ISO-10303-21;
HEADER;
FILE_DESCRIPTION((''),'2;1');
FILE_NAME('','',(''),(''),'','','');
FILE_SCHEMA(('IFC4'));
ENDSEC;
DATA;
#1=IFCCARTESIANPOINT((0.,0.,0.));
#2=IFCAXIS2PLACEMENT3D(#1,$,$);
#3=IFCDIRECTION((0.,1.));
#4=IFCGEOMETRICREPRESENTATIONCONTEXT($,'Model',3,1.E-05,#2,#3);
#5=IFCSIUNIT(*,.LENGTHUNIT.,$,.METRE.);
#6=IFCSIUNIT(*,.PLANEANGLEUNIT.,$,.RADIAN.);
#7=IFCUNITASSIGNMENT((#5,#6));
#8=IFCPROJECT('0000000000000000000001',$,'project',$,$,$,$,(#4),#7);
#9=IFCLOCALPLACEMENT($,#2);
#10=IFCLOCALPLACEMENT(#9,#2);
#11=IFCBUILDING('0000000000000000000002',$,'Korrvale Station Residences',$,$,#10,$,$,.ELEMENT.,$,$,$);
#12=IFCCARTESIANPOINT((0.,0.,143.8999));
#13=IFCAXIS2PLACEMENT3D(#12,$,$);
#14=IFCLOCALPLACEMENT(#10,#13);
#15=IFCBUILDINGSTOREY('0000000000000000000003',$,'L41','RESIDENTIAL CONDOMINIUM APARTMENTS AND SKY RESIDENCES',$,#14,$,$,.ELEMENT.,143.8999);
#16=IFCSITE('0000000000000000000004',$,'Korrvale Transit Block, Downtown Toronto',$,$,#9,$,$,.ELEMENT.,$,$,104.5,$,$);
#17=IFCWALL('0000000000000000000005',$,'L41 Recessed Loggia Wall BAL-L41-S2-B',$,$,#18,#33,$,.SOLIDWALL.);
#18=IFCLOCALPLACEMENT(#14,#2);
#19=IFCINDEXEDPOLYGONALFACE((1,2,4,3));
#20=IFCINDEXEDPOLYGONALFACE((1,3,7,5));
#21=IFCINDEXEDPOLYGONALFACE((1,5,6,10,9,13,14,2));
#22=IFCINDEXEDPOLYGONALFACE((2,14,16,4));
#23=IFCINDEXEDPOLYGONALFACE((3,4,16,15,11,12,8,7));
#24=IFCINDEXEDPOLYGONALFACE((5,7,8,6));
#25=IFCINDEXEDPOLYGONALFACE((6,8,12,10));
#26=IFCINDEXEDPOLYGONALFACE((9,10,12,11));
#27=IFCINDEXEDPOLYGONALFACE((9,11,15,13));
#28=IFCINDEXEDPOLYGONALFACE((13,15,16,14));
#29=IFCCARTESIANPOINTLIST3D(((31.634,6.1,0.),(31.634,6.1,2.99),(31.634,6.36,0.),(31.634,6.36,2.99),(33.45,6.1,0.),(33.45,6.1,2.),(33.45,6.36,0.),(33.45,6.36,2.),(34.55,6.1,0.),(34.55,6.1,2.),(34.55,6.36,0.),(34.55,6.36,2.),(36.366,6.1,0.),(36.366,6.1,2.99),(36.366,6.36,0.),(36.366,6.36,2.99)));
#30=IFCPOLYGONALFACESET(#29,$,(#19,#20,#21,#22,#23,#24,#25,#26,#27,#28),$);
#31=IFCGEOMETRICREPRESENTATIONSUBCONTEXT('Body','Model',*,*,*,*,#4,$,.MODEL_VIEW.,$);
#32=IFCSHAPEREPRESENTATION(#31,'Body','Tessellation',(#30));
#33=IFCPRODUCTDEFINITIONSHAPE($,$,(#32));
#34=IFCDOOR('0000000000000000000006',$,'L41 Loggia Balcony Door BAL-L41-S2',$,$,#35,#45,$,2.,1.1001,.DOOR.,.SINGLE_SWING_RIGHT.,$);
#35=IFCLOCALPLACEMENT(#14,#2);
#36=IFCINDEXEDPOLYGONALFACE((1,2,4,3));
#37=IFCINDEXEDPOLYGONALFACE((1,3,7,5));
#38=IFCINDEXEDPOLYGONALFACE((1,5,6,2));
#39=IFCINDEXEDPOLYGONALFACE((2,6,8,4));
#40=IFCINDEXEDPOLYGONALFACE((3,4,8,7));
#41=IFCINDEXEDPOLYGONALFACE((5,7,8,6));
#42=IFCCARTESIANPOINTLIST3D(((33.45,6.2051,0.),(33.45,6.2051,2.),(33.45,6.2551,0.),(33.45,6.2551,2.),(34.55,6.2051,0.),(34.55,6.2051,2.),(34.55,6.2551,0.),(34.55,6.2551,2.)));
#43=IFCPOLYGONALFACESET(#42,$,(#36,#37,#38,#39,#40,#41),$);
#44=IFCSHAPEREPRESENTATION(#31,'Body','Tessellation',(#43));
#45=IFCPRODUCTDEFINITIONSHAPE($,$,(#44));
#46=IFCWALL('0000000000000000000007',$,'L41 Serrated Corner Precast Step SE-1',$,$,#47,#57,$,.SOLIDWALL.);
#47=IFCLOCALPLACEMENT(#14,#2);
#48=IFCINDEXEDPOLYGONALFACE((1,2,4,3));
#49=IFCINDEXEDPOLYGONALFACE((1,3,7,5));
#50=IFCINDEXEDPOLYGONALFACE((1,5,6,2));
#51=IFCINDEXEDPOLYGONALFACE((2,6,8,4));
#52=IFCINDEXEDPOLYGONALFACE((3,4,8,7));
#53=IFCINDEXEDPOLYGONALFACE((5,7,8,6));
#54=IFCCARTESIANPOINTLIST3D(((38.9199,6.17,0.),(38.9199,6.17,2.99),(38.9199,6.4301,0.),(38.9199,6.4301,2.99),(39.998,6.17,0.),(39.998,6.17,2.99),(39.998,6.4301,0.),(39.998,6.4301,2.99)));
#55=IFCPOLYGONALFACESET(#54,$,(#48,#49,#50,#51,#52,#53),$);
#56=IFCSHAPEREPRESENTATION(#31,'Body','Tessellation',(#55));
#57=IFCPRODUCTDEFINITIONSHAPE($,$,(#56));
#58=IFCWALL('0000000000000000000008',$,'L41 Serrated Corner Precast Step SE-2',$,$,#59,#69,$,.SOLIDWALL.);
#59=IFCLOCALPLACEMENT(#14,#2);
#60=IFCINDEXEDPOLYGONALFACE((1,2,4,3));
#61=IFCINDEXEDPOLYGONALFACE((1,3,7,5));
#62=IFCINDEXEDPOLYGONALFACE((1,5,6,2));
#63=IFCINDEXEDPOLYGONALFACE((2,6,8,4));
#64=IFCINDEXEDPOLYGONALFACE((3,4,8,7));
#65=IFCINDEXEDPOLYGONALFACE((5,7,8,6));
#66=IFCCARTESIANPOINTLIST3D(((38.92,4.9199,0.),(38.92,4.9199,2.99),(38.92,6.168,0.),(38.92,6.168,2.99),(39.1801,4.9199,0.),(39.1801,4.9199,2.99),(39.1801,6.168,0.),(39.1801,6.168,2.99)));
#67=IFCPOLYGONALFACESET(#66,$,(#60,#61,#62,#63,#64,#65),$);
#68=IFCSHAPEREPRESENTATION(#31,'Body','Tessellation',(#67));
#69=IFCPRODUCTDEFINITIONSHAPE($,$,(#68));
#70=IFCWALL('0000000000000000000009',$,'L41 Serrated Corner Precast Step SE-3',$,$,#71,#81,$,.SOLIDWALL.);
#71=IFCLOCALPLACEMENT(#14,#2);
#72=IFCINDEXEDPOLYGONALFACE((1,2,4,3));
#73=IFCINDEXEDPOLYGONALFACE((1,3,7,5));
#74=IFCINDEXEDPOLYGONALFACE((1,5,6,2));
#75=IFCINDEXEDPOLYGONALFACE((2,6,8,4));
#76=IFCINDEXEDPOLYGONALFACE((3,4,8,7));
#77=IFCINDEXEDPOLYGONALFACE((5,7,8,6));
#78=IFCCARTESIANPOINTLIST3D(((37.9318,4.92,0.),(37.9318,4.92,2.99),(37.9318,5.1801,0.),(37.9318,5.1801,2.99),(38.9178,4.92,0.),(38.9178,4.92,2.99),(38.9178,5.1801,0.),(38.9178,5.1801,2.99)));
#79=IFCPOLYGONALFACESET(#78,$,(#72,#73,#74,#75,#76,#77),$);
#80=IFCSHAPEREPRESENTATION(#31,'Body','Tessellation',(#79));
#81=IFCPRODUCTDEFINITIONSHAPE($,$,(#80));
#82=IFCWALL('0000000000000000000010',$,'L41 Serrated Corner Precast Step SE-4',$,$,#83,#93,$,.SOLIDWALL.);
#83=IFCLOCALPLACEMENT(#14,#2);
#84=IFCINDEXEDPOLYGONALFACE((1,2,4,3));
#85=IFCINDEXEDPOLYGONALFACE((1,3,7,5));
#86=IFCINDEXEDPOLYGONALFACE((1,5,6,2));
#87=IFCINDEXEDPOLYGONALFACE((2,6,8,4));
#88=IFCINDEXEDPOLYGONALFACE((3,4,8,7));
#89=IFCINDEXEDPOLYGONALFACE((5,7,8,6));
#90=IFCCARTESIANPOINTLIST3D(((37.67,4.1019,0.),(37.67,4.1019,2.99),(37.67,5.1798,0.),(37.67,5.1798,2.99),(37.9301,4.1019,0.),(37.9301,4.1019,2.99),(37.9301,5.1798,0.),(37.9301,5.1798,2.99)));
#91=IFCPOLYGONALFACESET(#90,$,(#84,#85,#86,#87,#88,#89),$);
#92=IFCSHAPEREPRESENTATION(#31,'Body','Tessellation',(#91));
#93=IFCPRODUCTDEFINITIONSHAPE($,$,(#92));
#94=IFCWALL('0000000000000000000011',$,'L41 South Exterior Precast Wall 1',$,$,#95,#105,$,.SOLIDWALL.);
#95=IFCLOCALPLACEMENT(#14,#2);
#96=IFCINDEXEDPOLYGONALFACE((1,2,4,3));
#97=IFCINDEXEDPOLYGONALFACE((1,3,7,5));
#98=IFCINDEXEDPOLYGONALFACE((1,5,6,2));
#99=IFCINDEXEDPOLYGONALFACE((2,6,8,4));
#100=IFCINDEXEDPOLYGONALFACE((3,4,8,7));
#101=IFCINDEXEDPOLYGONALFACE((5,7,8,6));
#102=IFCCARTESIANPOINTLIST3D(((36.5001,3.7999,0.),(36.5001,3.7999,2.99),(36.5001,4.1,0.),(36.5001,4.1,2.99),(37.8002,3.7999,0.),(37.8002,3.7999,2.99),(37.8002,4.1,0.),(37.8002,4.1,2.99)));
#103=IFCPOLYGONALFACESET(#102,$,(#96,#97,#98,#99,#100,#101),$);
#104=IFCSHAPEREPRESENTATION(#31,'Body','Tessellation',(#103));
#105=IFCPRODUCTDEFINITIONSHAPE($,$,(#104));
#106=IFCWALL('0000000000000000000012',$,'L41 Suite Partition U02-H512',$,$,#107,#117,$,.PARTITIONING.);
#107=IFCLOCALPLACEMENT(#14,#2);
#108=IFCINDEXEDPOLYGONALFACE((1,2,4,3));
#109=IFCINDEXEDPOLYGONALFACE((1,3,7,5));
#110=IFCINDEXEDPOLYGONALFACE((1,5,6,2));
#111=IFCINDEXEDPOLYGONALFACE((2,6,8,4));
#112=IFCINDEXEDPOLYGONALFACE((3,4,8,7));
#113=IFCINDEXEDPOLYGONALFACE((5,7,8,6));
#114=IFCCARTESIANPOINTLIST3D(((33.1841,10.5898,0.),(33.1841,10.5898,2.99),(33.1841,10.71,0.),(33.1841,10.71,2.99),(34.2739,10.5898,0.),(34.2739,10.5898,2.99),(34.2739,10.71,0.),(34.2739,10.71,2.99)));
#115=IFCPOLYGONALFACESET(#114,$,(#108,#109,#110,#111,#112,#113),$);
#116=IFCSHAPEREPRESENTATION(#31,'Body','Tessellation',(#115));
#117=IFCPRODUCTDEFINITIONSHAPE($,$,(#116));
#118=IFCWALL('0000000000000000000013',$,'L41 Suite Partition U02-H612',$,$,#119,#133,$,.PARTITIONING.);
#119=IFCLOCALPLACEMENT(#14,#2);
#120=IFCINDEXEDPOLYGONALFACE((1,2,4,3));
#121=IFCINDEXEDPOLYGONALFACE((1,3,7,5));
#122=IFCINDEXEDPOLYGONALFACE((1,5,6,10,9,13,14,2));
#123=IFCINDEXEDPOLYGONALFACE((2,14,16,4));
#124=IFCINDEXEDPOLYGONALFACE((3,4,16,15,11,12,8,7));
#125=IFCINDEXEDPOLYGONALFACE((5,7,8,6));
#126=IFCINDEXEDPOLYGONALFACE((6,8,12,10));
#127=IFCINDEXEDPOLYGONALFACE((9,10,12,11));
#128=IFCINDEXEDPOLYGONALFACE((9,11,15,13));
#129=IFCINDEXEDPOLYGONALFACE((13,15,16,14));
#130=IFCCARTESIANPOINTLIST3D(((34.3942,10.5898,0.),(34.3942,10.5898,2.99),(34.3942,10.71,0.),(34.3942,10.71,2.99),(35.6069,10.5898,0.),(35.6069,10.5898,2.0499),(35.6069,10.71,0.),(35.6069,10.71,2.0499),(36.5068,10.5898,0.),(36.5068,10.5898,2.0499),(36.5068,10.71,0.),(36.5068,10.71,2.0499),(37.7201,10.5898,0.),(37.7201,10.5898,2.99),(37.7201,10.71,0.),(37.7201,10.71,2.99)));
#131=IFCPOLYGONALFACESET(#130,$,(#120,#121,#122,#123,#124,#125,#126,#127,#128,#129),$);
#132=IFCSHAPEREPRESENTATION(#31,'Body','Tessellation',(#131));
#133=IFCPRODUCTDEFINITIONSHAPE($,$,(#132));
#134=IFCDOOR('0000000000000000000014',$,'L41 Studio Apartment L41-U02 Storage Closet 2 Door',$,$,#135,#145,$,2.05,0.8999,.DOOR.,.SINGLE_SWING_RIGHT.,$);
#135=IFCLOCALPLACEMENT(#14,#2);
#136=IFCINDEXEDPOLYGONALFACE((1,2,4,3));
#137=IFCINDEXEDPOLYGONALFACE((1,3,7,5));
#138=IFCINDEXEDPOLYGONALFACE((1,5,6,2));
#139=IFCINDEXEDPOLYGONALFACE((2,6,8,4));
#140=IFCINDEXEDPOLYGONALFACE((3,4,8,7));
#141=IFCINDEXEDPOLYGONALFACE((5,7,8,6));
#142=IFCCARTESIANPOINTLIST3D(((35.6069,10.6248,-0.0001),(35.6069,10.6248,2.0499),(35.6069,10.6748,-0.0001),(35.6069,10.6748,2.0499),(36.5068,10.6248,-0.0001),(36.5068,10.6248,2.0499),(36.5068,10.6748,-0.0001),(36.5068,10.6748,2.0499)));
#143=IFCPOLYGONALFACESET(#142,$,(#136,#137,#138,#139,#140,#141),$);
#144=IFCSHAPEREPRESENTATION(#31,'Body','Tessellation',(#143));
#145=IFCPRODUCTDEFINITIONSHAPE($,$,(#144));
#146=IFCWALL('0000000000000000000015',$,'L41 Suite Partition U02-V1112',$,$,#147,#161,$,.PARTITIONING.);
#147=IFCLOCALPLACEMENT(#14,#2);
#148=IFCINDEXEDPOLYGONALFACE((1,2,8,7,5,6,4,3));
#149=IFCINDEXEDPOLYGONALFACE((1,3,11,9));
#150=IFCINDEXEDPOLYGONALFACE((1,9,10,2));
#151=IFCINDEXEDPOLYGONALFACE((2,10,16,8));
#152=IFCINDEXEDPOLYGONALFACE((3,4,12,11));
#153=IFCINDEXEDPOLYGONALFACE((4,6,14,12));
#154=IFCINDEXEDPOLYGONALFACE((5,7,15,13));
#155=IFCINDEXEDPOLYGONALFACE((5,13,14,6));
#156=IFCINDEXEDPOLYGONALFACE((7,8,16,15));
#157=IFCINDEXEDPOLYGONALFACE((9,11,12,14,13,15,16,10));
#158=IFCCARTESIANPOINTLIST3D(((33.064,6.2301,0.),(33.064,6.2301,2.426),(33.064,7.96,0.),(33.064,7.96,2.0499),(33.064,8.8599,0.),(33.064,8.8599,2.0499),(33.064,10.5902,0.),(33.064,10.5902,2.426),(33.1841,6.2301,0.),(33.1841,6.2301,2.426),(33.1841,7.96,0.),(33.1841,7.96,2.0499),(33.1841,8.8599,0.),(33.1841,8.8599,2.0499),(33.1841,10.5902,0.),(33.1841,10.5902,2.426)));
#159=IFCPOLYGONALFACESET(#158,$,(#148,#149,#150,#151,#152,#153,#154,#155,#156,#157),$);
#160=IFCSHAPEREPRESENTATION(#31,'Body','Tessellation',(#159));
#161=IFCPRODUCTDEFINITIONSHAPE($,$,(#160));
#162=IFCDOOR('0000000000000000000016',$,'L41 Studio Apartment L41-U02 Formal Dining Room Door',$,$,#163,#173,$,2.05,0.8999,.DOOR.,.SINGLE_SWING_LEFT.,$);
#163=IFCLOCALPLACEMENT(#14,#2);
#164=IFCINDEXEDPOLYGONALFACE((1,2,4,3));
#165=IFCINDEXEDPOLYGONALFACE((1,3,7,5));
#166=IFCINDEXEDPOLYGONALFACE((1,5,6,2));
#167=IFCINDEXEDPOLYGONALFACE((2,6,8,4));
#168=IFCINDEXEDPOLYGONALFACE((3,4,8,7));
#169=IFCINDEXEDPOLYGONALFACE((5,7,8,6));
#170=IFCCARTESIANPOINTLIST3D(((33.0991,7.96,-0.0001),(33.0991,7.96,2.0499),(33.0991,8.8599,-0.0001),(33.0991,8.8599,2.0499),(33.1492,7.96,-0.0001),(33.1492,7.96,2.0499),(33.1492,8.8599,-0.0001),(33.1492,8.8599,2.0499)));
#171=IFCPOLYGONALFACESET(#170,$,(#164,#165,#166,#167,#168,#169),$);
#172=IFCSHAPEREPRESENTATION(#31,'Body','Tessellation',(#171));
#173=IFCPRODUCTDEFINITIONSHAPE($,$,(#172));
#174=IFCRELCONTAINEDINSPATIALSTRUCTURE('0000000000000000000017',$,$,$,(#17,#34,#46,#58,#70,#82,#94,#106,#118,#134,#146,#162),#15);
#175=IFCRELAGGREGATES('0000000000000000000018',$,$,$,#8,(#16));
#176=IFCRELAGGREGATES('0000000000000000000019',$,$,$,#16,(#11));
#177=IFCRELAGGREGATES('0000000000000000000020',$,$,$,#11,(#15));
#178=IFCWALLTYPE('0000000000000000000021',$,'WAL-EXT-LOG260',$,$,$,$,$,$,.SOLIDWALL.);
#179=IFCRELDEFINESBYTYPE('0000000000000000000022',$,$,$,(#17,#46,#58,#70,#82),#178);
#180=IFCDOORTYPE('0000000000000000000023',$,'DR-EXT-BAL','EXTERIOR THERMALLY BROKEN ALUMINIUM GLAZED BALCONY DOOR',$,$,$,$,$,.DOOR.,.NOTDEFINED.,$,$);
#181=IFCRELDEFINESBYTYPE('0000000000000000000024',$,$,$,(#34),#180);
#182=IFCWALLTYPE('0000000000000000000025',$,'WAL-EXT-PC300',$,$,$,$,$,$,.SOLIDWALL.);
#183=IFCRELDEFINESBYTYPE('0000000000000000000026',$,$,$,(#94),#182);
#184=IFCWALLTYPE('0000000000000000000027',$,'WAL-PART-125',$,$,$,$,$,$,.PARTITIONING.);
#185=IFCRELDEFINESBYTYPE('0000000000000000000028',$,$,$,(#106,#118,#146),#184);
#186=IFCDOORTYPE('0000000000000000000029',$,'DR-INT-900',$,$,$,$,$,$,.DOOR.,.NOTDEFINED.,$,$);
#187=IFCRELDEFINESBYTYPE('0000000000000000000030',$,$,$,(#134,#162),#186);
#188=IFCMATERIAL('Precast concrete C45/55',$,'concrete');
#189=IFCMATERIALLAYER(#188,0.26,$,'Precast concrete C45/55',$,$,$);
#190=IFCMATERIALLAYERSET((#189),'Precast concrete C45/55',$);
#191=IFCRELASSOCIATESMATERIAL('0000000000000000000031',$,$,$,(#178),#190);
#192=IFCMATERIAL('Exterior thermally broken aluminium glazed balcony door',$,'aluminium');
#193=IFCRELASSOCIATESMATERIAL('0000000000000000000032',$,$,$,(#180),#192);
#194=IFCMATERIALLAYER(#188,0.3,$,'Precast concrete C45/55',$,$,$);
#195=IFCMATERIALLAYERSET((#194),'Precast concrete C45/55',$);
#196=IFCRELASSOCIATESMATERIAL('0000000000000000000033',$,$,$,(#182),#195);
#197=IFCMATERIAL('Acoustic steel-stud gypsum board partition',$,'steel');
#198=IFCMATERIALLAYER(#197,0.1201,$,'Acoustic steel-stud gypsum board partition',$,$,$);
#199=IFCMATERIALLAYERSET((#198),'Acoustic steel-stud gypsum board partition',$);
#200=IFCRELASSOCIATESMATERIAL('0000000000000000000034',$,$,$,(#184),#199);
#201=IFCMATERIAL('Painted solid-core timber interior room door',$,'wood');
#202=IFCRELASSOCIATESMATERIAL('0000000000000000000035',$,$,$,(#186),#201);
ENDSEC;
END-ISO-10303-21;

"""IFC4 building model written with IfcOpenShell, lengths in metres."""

from ifc_helpers import new_model, si_unit, direction, frame, frame_2d, origin, place, context, subcontext, project, spatial, rectangle, extrude, material, layer, layer_set, type_object, element, fill, save


model = new_model("IFC4")

# Units and contexts
model_context = context("Model", 3, precision=1e-05, world=origin(), true_north=direction((0.0, 1.0)))
body_context = subcontext(model_context, "Body", "Model", "MODEL_VIEW")
ifc_project = project(units=[si_unit("LENGTHUNIT", "METRE"), si_unit("PLANEANGLEUNIT", "RADIAN")], contexts=[model_context])

# Site, building, storey
site_placement = place(None, origin())
site = spatial("IfcSite", under=ifc_project, at=site_placement, Name="Korrvale Transit Block, Downtown Toronto", CompositionType="ELEMENT", RefElevation=104.5)
building_placement = place(site_placement, origin())
building = spatial("IfcBuilding", under=site, at=building_placement, Name="Korrvale Station Residences", CompositionType="ELEMENT")
storey_placement = place(building_placement, frame((0.0, 0.0, 143.8999)))
storey = spatial("IfcBuildingStorey", under=building, at=storey_placement, Name="L41", Description="RESIDENTIAL CONDOMINIUM APARTMENTS AND SKY RESIDENCES", CompositionType="ELEMENT", Elevation=143.8999)

# Shared definitions
ifc_material_1 = material(Name="Precast concrete C45/55", Category="concrete")
ifc_layer_1 = layer(ifc_material_1, 0.26, Name="Precast concrete C45/55")
ifc_layer_set_1 = layer_set([ifc_layer_1], Name="Precast concrete C45/55")
wall_type_1 = type_object("IfcWallType", Name="WAL-EXT-LOG260", PredefinedType="SOLIDWALL", material=ifc_layer_set_1)

# Wall, opening, door
wall_1_placement = place(storey_placement, frame((36.366, 6.23, 0.0), z_axis=(0.0, 0.0, 1.0), x_axis=(-1.0, 0.0, 0.0)))
wall_1 = element("IfcWall", 1, at=wall_1_placement, inside=storey, type_object=wall_type_1, Name="L41 Recessed Loggia Wall BAL-L41-S2-B", PredefinedType="SOLIDWALL", context=body_context, shape_type="SweptSolid", body=[
    extrude(rectangle(XDim=4.7319, YDim=0.26, at=frame_2d((2.366, 0.0))), origin(), (0.0, 0.0, 1.0), 2.99),
])
opening_1_placement = place(wall_1_placement, frame((1.8159, 0.0, 0.0)))
opening_1 = element("IfcOpeningElement", 2, at=opening_1_placement, cuts=wall_1, PredefinedType="OPENING", context=body_context, shape_type="SweptSolid", body=[
    extrude(rectangle(XDim=1.1001, YDim=2.0, at=frame_2d((0.55, 1.0))), frame((0.0, 0.1401, 0.0), z_axis=(0.0, -1.0, 0.0), x_axis=(1.0, 0.0, 0.0)), (0.0, 0.0, 1.0), 0.28),
])
ifc_material_2 = material(Name="Exterior thermally broken aluminium glazed balcony door", Category="aluminium")
door_type_1 = type_object("IfcDoorType", Name="DR-EXT-BAL", Description="EXTERIOR THERMALLY BROKEN ALUMINIUM GLAZED BALCONY DOOR", OperationType="NOTDEFINED", PredefinedType="DOOR", material=ifc_material_2)
door_1_placement = place(opening_1_placement, origin())
door_1 = element("IfcDoor", 3, at=door_1_placement, inside=storey, type_object=door_type_1, Name="L41 Loggia Balcony Door BAL-L41-S2", OperationType="SINGLE_SWING_RIGHT", OverallHeight=2.0, OverallWidth=1.1001, PredefinedType="DOOR", context=body_context, shape_type="SweptSolid", body=[
    extrude(rectangle(XDim=1.1001, YDim=2.0, at=frame_2d((0.55, 1.0))), frame((0.0, 0.0249, 0.0), z_axis=(0.0, -1.0, 0.0), x_axis=(1.0, 0.0, 0.0)), (0.0, 0.0, 1.0), 0.05),
])
fill(opening_1, door_1)

# Walls
wall_2_placement = place(storey_placement, frame((39.998, 6.3, 0.0), z_axis=(0.0, 0.0, 1.0), x_axis=(-1.0, 0.0, 0.0)))
element("IfcWall", 4, at=wall_2_placement, inside=storey, type_object=wall_type_1, Name="L41 Serrated Corner Precast Step SE-1", PredefinedType="SOLIDWALL", context=body_context, shape_type="SweptSolid", body=[
    extrude(rectangle(XDim=1.0781, YDim=0.26, at=frame_2d((0.5391, 0.0))), origin(), (0.0, 0.0, 1.0), 2.99),
])
wall_3_placement = place(storey_placement, frame((39.05, 6.168, 0.0), z_axis=(0.0, 0.0, 1.0), x_axis=(0.0, -1.0, 0.0)))
element("IfcWall", 5, at=wall_3_placement, inside=storey, type_object=wall_type_1, Name="L41 Serrated Corner Precast Step SE-2", PredefinedType="SOLIDWALL", context=body_context, shape_type="SweptSolid", body=[
    extrude(rectangle(XDim=1.248, YDim=0.26, at=frame_2d((0.624, 0.0))), origin(), (0.0, 0.0, 1.0), 2.99),
])
wall_4_placement = place(storey_placement, frame((38.918, 5.05, 0.0), z_axis=(0.0, 0.0, 1.0), x_axis=(-1.0, 0.0, 0.0)))
element("IfcWall", 6, at=wall_4_placement, inside=storey, type_object=wall_type_1, Name="L41 Serrated Corner Precast Step SE-3", PredefinedType="SOLIDWALL", context=body_context, shape_type="SweptSolid", body=[
    extrude(rectangle(XDim=0.9861, YDim=0.26, at=frame_2d((0.4932, 0.0))), origin(), (0.0, 0.0, 1.0), 2.99),
])
wall_5_placement = place(storey_placement, frame((37.8, 5.1799, 0.0), z_axis=(0.0, 0.0, 1.0), x_axis=(0.0, -1.0, 0.0)))
element("IfcWall", 7, at=wall_5_placement, inside=storey, type_object=wall_type_1, Name="L41 Serrated Corner Precast Step SE-4", PredefinedType="SOLIDWALL", context=body_context, shape_type="SweptSolid", body=[
    extrude(rectangle(XDim=1.0779, YDim=0.26, at=frame_2d((0.5391, 0.0))), origin(), (0.0, 0.0, 1.0), 2.99),
])
ifc_layer_2 = layer(ifc_material_1, 0.3, Name="Precast concrete C45/55")
ifc_layer_set_2 = layer_set([ifc_layer_2], Name="Precast concrete C45/55")
wall_type_2 = type_object("IfcWallType", Name="WAL-EXT-PC300", PredefinedType="SOLIDWALL", material=ifc_layer_set_2)
wall_6_placement = place(storey_placement, frame((37.8, 3.95, 0.0), z_axis=(0.0, 0.0, 1.0), x_axis=(-1.0, 0.0, 0.0)))
element("IfcWall", 8, at=wall_6_placement, inside=storey, type_object=wall_type_2, Name="L41 South Exterior Precast Wall 1", PredefinedType="SOLIDWALL", context=body_context, shape_type="SweptSolid", body=[
    extrude(rectangle(XDim=1.3, YDim=0.3, at=frame_2d((0.6499, 0.0))), origin(), (0.0, 0.0, 1.0), 2.99),
])
ifc_material_3 = material(Name="Acoustic steel-stud gypsum board partition", Category="steel")
ifc_layer_3 = layer(ifc_material_3, 0.1201, Name="Acoustic steel-stud gypsum board partition")
ifc_layer_set_3 = layer_set([ifc_layer_3], Name="Acoustic steel-stud gypsum board partition")
wall_type_3 = type_object("IfcWallType", Name="WAL-PART-125", PredefinedType="PARTITIONING", material=ifc_layer_set_3)
wall_7_placement = place(storey_placement, frame((33.1841, 10.6499, 0.0), z_axis=(0.0, 0.0, 1.0), x_axis=(1.0, 0.0, 0.0)))
element("IfcWall", 9, at=wall_7_placement, inside=storey, type_object=wall_type_3, Name="L41 Suite Partition U02-H512", PredefinedType="PARTITIONING", context=body_context, shape_type="SweptSolid", body=[
    extrude(rectangle(XDim=1.0898, YDim=0.1201, at=frame_2d((0.5449, 0.0))), origin(), (0.0, 0.0, 1.0), 2.99),
])

# Walls, openings, doors
wall_8_placement = place(storey_placement, frame((34.394, 10.6499, 0.0), z_axis=(0.0, 0.0, 1.0), x_axis=(1.0, 0.0, 0.0)))
wall_8 = element("IfcWall", 10, at=wall_8_placement, inside=storey, type_object=wall_type_3, Name="L41 Suite Partition U02-H612", PredefinedType="PARTITIONING", context=body_context, shape_type="SweptSolid", body=[
    extrude(rectangle(XDim=3.3259, YDim=0.1201, at=frame_2d((1.6631, 0.0))), origin(), (0.0, 0.0, 1.0), 2.99),
])
opening_2_placement = place(wall_8_placement, frame((1.2129, 0.0, 0.0)))
opening_2 = element("IfcOpeningElement", 11, at=opening_2_placement, cuts=wall_8, PredefinedType="OPENING", context=body_context, shape_type="SweptSolid", body=[
    extrude(rectangle(XDim=0.8999, YDim=2.05, at=frame_2d((0.45, 1.0249))), frame((0.0, 0.0701, 0.0), z_axis=(0.0, -1.0, 0.0), x_axis=(1.0, 0.0, 0.0)), (0.0, 0.0, 1.0), 0.1401),
])
ifc_material_4 = material(Name="Painted solid-core timber interior room door", Category="wood")
door_type_2 = type_object("IfcDoorType", Name="DR-INT-900", OperationType="NOTDEFINED", PredefinedType="DOOR", material=ifc_material_4)
door_2_placement = place(opening_2_placement, origin())
door_2 = element("IfcDoor", 12, at=door_2_placement, inside=storey, type_object=door_type_2, Name="L41 Studio Apartment L41-U02 Storage Closet 2 Door", OperationType="SINGLE_SWING_RIGHT", OverallHeight=2.05, OverallWidth=0.8999, PredefinedType="DOOR", context=body_context, shape_type="SweptSolid", body=[
    extrude(rectangle(XDim=0.8999, YDim=2.05, at=frame_2d((0.45, 1.0249))), frame((0.0, 0.0249, 0.0), z_axis=(0.0, -1.0, 0.0), x_axis=(1.0, 0.0, 0.0)), (0.0, 0.0, 1.0), 0.05),
])
fill(opening_2, door_2)
wall_9_placement = place(storey_placement, frame((33.124, 6.23, 0.0), z_axis=(0.0, 0.0, 1.0), x_axis=(0.0, 1.0, 0.0)))
wall_9 = element("IfcWall", 13, at=wall_9_placement, inside=storey, type_object=wall_type_3, Name="L41 Suite Partition U02-V1112", PredefinedType="PARTITIONING", context=body_context, shape_type="SweptSolid", body=[
    extrude(rectangle(XDim=4.3601, YDim=0.1201, at=frame_2d((2.1802, 0.0))), origin(), (0.0, 0.0, 1.0), 2.426),
])
opening_3_placement = place(wall_9_placement, frame((1.73, 0.0, 0.0)))
opening_3 = element("IfcOpeningElement", 14, at=opening_3_placement, cuts=wall_9, PredefinedType="OPENING", context=body_context, shape_type="SweptSolid", body=[
    extrude(rectangle(XDim=0.8999, YDim=2.05, at=frame_2d((0.45, 1.0249))), frame((0.0, 0.0701, 0.0), z_axis=(0.0, -1.0, 0.0), x_axis=(1.0, 0.0, 0.0)), (0.0, 0.0, 1.0), 0.1401),
])
door_3_placement = place(opening_3_placement, origin())
door_3 = element("IfcDoor", 15, at=door_3_placement, inside=storey, type_object=door_type_2, Name="L41 Studio Apartment L41-U02 Formal Dining Room Door", OperationType="SINGLE_SWING_LEFT", OverallHeight=2.05, OverallWidth=0.8999, PredefinedType="DOOR", context=body_context, shape_type="SweptSolid", body=[
    extrude(rectangle(XDim=0.8999, YDim=2.05, at=frame_2d((0.45, 1.0249))), frame((0.0, 0.0249, 0.0), z_axis=(0.0, -1.0, 0.0), x_axis=(1.0, 0.0, 0.0)), (0.0, 0.0, 1.0), 0.05),
])
fill(opening_3, door_3)

save(model, "model.ifc")
